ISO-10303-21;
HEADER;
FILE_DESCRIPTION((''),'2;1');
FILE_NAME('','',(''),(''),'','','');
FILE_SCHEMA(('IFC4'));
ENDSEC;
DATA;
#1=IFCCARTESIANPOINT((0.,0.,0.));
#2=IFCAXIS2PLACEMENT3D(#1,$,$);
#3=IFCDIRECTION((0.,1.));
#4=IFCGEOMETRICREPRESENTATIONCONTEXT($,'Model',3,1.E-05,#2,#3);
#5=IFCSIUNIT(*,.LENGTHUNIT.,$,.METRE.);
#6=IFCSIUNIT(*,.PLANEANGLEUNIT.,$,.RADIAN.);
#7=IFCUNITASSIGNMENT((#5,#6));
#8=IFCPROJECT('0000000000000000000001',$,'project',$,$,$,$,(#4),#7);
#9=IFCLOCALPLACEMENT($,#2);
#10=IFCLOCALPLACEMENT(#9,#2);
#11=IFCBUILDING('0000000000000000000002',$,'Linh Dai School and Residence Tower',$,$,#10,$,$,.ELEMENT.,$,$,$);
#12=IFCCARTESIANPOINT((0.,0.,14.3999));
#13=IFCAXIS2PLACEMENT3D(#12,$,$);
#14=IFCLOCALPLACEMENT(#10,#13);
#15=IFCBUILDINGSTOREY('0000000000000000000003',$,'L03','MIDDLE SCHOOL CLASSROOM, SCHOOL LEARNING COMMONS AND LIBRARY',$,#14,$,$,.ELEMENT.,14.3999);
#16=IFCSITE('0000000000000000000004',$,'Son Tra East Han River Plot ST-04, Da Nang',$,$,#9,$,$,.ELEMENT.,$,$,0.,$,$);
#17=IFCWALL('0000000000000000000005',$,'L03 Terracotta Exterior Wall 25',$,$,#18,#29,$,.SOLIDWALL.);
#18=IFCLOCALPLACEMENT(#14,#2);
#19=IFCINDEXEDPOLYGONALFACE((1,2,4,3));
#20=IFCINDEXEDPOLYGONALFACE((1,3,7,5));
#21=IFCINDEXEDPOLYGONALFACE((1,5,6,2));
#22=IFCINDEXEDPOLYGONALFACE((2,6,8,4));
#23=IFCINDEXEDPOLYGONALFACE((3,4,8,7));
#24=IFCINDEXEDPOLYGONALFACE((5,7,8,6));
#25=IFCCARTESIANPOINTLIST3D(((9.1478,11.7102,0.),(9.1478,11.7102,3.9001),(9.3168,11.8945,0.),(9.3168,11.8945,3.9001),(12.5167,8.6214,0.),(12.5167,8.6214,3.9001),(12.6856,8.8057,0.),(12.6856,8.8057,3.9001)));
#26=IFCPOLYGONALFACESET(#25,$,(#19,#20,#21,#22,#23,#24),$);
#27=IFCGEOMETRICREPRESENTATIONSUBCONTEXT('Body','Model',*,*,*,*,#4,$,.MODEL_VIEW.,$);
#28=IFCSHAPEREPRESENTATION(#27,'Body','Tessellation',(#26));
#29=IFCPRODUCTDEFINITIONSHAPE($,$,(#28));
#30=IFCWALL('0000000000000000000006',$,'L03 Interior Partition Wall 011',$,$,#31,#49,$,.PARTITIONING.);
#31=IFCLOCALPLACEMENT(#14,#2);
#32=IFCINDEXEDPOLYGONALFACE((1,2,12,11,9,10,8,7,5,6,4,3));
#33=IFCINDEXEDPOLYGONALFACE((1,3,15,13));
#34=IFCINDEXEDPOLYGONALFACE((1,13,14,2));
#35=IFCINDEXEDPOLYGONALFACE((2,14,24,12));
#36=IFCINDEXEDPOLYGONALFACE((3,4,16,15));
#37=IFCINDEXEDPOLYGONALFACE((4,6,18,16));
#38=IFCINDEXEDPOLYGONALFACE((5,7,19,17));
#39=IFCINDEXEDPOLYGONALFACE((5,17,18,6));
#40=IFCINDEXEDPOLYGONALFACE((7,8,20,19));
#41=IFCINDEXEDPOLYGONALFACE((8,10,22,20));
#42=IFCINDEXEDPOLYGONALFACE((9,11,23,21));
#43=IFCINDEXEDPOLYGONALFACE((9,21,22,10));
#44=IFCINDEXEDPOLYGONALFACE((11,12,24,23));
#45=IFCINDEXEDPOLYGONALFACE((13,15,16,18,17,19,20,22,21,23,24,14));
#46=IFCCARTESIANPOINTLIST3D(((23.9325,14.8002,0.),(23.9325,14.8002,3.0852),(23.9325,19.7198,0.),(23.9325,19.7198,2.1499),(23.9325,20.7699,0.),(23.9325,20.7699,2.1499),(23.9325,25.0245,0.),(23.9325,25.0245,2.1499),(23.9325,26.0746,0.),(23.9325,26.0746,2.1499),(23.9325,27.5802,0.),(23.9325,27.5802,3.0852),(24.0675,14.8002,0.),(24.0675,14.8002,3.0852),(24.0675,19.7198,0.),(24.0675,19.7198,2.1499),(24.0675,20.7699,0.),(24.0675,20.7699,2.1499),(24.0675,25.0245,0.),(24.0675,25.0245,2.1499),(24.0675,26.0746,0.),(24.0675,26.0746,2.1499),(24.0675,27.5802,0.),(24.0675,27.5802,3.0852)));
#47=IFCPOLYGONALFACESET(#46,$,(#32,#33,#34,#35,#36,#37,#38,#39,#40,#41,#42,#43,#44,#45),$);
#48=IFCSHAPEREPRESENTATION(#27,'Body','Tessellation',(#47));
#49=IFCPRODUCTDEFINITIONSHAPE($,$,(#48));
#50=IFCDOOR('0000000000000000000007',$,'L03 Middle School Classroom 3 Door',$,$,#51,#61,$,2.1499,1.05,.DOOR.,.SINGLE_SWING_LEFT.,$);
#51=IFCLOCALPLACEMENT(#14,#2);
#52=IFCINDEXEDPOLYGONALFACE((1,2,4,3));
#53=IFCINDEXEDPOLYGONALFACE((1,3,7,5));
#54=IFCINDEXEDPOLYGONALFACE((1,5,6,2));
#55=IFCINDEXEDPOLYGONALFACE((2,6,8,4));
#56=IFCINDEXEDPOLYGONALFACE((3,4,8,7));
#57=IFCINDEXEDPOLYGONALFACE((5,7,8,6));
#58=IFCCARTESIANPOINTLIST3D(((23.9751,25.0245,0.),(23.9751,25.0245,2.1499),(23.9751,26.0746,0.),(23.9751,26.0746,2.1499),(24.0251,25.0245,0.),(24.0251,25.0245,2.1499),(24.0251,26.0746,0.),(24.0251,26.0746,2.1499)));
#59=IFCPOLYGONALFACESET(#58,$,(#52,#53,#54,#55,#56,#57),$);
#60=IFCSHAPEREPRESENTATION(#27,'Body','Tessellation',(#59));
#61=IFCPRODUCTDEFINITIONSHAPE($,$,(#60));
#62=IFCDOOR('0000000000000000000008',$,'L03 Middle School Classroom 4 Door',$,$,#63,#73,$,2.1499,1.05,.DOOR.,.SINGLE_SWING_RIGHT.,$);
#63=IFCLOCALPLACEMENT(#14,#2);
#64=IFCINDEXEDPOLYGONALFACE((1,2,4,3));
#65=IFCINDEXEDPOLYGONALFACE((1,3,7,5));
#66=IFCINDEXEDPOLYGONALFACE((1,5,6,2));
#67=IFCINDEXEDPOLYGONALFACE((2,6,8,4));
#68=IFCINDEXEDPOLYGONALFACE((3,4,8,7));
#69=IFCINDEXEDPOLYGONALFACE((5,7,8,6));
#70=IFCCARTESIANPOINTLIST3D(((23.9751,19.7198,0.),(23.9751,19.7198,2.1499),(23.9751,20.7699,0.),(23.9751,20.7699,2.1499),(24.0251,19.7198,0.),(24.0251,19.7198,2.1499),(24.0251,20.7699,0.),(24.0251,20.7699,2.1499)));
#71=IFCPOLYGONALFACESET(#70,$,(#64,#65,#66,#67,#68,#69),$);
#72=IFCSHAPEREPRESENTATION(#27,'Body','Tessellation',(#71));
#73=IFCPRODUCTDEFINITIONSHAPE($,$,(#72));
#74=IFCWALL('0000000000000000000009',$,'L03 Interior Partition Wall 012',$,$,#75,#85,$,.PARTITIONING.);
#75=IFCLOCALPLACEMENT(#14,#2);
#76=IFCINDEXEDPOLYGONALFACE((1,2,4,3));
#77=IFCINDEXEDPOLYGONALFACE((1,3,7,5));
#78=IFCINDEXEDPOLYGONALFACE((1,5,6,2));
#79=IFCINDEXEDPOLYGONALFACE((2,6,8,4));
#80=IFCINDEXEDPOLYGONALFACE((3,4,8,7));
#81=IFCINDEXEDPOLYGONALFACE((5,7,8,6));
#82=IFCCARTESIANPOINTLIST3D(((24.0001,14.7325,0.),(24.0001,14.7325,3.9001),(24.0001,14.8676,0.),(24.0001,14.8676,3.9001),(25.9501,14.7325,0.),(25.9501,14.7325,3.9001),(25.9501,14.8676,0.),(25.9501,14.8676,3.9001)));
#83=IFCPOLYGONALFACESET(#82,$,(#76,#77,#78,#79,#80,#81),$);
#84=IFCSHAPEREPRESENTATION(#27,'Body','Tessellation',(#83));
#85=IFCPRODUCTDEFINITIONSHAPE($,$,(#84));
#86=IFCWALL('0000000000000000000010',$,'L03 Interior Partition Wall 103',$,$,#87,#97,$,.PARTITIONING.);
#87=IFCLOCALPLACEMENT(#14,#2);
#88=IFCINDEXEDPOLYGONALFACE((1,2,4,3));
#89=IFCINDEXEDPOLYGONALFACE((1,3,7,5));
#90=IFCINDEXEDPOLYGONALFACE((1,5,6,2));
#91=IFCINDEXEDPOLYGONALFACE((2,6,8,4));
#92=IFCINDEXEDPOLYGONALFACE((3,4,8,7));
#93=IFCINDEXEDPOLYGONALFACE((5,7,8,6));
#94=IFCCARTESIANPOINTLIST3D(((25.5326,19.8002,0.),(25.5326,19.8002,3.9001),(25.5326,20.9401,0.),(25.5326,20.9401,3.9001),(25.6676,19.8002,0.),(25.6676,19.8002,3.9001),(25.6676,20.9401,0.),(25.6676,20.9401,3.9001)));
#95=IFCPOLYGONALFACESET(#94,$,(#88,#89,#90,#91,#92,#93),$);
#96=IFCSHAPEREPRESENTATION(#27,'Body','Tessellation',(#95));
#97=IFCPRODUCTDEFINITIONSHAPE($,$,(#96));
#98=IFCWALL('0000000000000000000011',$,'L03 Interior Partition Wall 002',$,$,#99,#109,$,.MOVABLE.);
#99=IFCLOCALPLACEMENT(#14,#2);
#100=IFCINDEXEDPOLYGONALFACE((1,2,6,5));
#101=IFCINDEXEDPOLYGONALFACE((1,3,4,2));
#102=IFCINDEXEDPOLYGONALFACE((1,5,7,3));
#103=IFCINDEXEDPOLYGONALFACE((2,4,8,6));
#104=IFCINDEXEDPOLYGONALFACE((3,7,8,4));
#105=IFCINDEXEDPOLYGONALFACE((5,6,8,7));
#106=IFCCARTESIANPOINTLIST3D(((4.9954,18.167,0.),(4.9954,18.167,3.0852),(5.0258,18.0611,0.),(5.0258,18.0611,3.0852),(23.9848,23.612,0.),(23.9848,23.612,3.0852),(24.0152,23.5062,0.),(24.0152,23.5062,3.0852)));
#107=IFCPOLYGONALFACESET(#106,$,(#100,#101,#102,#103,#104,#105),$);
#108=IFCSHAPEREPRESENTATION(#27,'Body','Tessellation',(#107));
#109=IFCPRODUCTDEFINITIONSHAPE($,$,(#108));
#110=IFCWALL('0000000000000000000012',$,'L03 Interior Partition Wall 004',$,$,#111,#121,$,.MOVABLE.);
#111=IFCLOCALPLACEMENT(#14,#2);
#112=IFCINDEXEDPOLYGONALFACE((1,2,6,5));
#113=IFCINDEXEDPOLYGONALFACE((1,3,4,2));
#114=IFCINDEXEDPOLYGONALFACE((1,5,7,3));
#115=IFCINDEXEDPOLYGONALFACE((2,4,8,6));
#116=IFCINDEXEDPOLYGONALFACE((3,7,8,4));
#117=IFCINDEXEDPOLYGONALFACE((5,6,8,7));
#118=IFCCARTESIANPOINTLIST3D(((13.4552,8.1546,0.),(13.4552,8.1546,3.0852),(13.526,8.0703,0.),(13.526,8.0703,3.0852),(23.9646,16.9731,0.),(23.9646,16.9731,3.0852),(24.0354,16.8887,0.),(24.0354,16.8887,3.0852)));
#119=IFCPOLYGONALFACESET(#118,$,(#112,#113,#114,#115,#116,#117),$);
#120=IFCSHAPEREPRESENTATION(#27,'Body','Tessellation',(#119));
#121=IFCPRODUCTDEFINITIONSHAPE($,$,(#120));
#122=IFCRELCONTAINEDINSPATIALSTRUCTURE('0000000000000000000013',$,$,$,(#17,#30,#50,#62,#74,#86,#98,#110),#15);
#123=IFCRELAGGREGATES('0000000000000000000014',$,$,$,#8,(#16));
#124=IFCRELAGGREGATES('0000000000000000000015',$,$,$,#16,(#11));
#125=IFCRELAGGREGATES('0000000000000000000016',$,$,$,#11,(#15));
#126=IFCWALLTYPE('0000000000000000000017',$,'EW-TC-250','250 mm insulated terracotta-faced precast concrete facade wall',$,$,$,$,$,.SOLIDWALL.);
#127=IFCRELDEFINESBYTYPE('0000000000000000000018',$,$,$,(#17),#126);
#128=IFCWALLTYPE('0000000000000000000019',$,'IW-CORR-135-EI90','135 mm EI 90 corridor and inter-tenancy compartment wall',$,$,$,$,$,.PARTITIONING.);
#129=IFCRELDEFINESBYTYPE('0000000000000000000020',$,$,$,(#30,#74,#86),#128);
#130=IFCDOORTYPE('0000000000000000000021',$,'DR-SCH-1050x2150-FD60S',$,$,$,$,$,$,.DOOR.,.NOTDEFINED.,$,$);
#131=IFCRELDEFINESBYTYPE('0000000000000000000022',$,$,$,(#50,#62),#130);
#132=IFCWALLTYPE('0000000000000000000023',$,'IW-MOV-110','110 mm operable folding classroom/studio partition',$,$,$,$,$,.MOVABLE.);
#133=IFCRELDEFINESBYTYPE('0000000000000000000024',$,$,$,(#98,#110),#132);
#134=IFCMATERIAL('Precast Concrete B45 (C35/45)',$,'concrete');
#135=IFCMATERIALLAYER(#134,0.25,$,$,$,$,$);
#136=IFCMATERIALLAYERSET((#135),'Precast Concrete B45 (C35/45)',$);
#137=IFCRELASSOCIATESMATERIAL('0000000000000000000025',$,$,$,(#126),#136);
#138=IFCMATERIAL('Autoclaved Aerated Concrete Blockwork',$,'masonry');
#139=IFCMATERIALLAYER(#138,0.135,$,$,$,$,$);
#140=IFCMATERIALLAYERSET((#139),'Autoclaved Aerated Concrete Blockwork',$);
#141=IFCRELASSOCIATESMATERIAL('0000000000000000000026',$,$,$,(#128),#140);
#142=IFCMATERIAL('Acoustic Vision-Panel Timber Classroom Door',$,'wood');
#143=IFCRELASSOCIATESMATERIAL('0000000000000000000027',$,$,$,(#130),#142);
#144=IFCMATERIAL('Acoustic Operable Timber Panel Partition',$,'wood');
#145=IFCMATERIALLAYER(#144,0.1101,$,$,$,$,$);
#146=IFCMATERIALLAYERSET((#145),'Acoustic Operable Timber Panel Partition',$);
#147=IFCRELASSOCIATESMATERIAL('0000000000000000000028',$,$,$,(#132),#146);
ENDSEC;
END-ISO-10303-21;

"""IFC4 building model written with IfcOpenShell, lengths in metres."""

from ifc_helpers import new_model, si_unit, direction, frame, frame_2d, origin, origin_2d, place, context, subcontext, project, spatial, rectangle, extrude, source, transform, mapped, material, layer, layer_set, type_object, element, fill, save


model = new_model("IFC4")

# Units and contexts
model_context = context("Model", 3, precision=1e-05, world=origin(), true_north=direction((0.0, 1.0)))
body_context = subcontext(model_context, "Body", "Model", "MODEL_VIEW")
ifc_project = project(units=[si_unit("LENGTHUNIT", "METRE"), si_unit("PLANEANGLEUNIT", "RADIAN")], contexts=[model_context])

# Site, building, storey
site_placement = place(None, origin())
site = spatial("IfcSite", under=ifc_project, at=site_placement, Name="Son Tra East Han River Plot ST-04, Da Nang", CompositionType="ELEMENT", RefElevation=0.0)
building_placement = place(site_placement, origin())
building = spatial("IfcBuilding", under=site, at=building_placement, Name="Linh Dai School and Residence Tower", CompositionType="ELEMENT")
storey_placement = place(building_placement, frame((0.0, 0.0, 14.3999)))
storey = spatial("IfcBuildingStorey", under=building, at=storey_placement, Name="L03", Description="MIDDLE SCHOOL CLASSROOM, SCHOOL LEARNING COMMONS AND LIBRARY", CompositionType="ELEMENT", Elevation=14.3999)

# Shared definitions
ifc_material_1 = material(Name="Precast Concrete B45 (C35/45)", Category="concrete")
ifc_layer_1 = layer(ifc_material_1, 0.25)
ifc_layer_set_1 = layer_set([ifc_layer_1], Name="Precast Concrete B45 (C35/45)")
wall_type_1 = type_object("IfcWallType", Name="EW-TC-250", Description="250 mm insulated terracotta-faced precast concrete facade wall", PredefinedType="SOLIDWALL", material=ifc_layer_set_1)

# Wall
wall_1_placement = place(storey_placement, frame((12.6011, 8.7136, 0.0), z_axis=(0.0, 0.0, 1.0), x_axis=(-0.737077, 0.675809, 0.0)))
element("IfcWall", 1, at=wall_1_placement, inside=storey, type_object=wall_type_1, Name="L03 Terracotta Exterior Wall 25", PredefinedType="SOLIDWALL", context=body_context, shape_type="SweptSolid", body=[
    extrude(rectangle(XDim=4.5706, YDim=0.25, at=frame_2d((2.2852, 0.0))), origin(), (0.0, 0.0, 1.0), 3.9001),
])

# Wall, openings, doors
ifc_material_2 = material(Name="Autoclaved Aerated Concrete Blockwork", Category="masonry")
ifc_layer_2 = layer(ifc_material_2, 0.135)
ifc_layer_set_2 = layer_set([ifc_layer_2], Name="Autoclaved Aerated Concrete Blockwork")
wall_type_2 = type_object("IfcWallType", Name="IW-CORR-135-EI90", Description="135 mm EI 90 corridor and inter-tenancy compartment wall", PredefinedType="PARTITIONING", material=ifc_layer_set_2)
wall_2_placement = place(storey_placement, frame((24.0, 14.8, 0.0), z_axis=(0.0, 0.0, 1.0), x_axis=(0.0, 1.0, 0.0)))
wall_2 = element("IfcWall", 2, at=wall_2_placement, inside=storey, type_object=wall_type_2, Name="L03 Interior Partition Wall 011", PredefinedType="PARTITIONING", context=body_context, shape_type="SweptSolid", body=[
    extrude(rectangle(XDim=12.78, YDim=0.135, at=frame_2d((6.3901, 0.0))), origin(), (0.0, 0.0, 1.0), 3.0852),
])
opening_1_placement = place(wall_2_placement, frame((10.2246, 0.0, 0.0)))
opening_1 = element("IfcOpeningElement", 3, at=opening_1_placement, cuts=wall_2, PredefinedType="OPENING", context=body_context, shape_type="SweptSolid", body=[
    extrude(rectangle(XDim=1.05, YDim=2.1499, at=origin_2d()), frame((0.5249, 0.0776, 1.075), z_axis=(0.0, -1.0, 0.0), x_axis=(1.0, 0.0, 0.0)), (0.0, 0.0, 1.0), 0.155),
])
opening_2_placement = place(wall_2_placement, frame((4.9199, 0.0, 0.0)))
opening_2 = element("IfcOpeningElement", 4, at=opening_2_placement, cuts=wall_2, PredefinedType="OPENING", context=body_context, shape_type="SweptSolid", body=[
    extrude(rectangle(XDim=1.05, YDim=2.1499, at=origin_2d()), frame((0.5249, 0.0776, 1.075), z_axis=(0.0, -1.0, 0.0), x_axis=(1.0, 0.0, 0.0)), (0.0, 0.0, 1.0), 0.155),
])
ifc_material_3 = material(Name="Acoustic Vision-Panel Timber Classroom Door", Category="wood")
door_type = type_object("IfcDoorType", Name="DR-SCH-1050x2150-FD60S", OperationType="NOTDEFINED", PredefinedType="DOOR", material=ifc_material_3)
shared_shape_1 = source(origin(), body_context, "Body", "SweptSolid", [
    extrude(rectangle(XDim=1.05, YDim=2.1499, at=origin_2d()), frame((0.5249, 0.0249, 1.075), z_axis=(0.0, -1.0, 0.0), x_axis=(1.0, 0.0, 0.0)), (0.0, 0.0, 1.0), 0.05),
])
door_1_placement = place(opening_1_placement, origin())
door_1 = element("IfcDoor", 5, at=door_1_placement, inside=storey, type_object=door_type, Name="L03 Middle School Classroom 3 Door", OperationType="SINGLE_SWING_LEFT", OverallHeight=2.1499, OverallWidth=1.05, PredefinedType="DOOR", context=body_context, shape_type="MappedRepresentation", body=[
    mapped(shared_shape_1, transform((0.0, 0.0, 0.0), x_axis=(1.0, 0.0, 0.0), y_axis=(0.0, 1.0, 0.0), z_axis=(0.0, 0.0, 1.0), scale=1.0)),
])
fill(opening_1, door_1)
door_2_placement = place(opening_2_placement, origin())
door_2 = element("IfcDoor", 6, at=door_2_placement, inside=storey, type_object=door_type, Name="L03 Middle School Classroom 4 Door", OperationType="SINGLE_SWING_RIGHT", OverallHeight=2.1499, OverallWidth=1.05, PredefinedType="DOOR", context=body_context, shape_type="MappedRepresentation", body=[
    mapped(shared_shape_1, transform((0.0, 0.0, 0.0), x_axis=(1.0, 0.0, 0.0), y_axis=(0.0, 1.0, 0.0), z_axis=(0.0, 0.0, 1.0), scale=1.0)),
])
fill(opening_2, door_2)

# Walls
wall_3_placement = place(storey_placement, frame((24.0, 14.8, 0.0), z_axis=(0.0, 0.0, 1.0), x_axis=(1.0, 0.0, 0.0)))
element("IfcWall", 7, at=wall_3_placement, inside=storey, type_object=wall_type_2, Name="L03 Interior Partition Wall 012", PredefinedType="PARTITIONING", context=body_context, shape_type="SweptSolid", body=[
    extrude(rectangle(XDim=1.95, YDim=0.135, at=frame_2d((0.9751, 0.0))), origin(), (0.0, 0.0, 1.0), 3.9001),
])
wall_4_placement = place(storey_placement, frame((25.6001, 20.9399, 0.0), z_axis=(0.0, 0.0, 1.0), x_axis=(0.0, -1.0, 0.0)))
element("IfcWall", 8, at=wall_4_placement, inside=storey, type_object=wall_type_2, Name="L03 Interior Partition Wall 103", PredefinedType="PARTITIONING", context=body_context, shape_type="SweptSolid", body=[
    extrude(rectangle(XDim=1.1399, YDim=0.135, at=frame_2d((0.5698, 0.0))), origin(), (0.0, 0.0, 1.0), 3.9001),
])
ifc_material_4 = material(Name="Acoustic Operable Timber Panel Partition", Category="wood")
ifc_layer_3 = layer(ifc_material_4, 0.1101)
ifc_layer_set_3 = layer_set([ifc_layer_3], Name="Acoustic Operable Timber Panel Partition")
wall_type_3 = type_object("IfcWallType", Name="IW-MOV-110", Description="110 mm operable folding classroom/studio partition", PredefinedType="MOVABLE", material=ifc_layer_set_3)
wall_5_placement = place(storey_placement, frame((5.0105, 18.114, 0.0), z_axis=(0.0, 0.0, 1.0), x_axis=(0.961263, 0.275633, 0.0)))
element("IfcWall", 9, at=wall_5_placement, inside=storey, type_object=wall_type_3, Name="L03 Interior Partition Wall 002", PredefinedType="MOVABLE", context=body_context, shape_type="SweptSolid", body=[
    extrude(rectangle(XDim=19.7546, YDim=0.1101, at=frame_2d((9.8774, 0.0))), origin(), (0.0, 0.0, 1.0), 3.0852),
])
wall_6_placement = place(storey_placement, frame((13.4907, 8.1125, 0.0), z_axis=(0.0, 0.0, 1.0), x_axis=(0.766043, 0.642789, 0.0)))
element("IfcWall", 10, at=wall_6_placement, inside=storey, type_object=wall_type_3, Name="L03 Interior Partition Wall 004", PredefinedType="MOVABLE", context=body_context, shape_type="SweptSolid", body=[
    extrude(rectangle(XDim=13.719, YDim=0.1101, at=frame_2d((6.8594, 0.0))), origin(), (0.0, 0.0, 1.0), 3.0852),
])

save(model, "model.ifc")
